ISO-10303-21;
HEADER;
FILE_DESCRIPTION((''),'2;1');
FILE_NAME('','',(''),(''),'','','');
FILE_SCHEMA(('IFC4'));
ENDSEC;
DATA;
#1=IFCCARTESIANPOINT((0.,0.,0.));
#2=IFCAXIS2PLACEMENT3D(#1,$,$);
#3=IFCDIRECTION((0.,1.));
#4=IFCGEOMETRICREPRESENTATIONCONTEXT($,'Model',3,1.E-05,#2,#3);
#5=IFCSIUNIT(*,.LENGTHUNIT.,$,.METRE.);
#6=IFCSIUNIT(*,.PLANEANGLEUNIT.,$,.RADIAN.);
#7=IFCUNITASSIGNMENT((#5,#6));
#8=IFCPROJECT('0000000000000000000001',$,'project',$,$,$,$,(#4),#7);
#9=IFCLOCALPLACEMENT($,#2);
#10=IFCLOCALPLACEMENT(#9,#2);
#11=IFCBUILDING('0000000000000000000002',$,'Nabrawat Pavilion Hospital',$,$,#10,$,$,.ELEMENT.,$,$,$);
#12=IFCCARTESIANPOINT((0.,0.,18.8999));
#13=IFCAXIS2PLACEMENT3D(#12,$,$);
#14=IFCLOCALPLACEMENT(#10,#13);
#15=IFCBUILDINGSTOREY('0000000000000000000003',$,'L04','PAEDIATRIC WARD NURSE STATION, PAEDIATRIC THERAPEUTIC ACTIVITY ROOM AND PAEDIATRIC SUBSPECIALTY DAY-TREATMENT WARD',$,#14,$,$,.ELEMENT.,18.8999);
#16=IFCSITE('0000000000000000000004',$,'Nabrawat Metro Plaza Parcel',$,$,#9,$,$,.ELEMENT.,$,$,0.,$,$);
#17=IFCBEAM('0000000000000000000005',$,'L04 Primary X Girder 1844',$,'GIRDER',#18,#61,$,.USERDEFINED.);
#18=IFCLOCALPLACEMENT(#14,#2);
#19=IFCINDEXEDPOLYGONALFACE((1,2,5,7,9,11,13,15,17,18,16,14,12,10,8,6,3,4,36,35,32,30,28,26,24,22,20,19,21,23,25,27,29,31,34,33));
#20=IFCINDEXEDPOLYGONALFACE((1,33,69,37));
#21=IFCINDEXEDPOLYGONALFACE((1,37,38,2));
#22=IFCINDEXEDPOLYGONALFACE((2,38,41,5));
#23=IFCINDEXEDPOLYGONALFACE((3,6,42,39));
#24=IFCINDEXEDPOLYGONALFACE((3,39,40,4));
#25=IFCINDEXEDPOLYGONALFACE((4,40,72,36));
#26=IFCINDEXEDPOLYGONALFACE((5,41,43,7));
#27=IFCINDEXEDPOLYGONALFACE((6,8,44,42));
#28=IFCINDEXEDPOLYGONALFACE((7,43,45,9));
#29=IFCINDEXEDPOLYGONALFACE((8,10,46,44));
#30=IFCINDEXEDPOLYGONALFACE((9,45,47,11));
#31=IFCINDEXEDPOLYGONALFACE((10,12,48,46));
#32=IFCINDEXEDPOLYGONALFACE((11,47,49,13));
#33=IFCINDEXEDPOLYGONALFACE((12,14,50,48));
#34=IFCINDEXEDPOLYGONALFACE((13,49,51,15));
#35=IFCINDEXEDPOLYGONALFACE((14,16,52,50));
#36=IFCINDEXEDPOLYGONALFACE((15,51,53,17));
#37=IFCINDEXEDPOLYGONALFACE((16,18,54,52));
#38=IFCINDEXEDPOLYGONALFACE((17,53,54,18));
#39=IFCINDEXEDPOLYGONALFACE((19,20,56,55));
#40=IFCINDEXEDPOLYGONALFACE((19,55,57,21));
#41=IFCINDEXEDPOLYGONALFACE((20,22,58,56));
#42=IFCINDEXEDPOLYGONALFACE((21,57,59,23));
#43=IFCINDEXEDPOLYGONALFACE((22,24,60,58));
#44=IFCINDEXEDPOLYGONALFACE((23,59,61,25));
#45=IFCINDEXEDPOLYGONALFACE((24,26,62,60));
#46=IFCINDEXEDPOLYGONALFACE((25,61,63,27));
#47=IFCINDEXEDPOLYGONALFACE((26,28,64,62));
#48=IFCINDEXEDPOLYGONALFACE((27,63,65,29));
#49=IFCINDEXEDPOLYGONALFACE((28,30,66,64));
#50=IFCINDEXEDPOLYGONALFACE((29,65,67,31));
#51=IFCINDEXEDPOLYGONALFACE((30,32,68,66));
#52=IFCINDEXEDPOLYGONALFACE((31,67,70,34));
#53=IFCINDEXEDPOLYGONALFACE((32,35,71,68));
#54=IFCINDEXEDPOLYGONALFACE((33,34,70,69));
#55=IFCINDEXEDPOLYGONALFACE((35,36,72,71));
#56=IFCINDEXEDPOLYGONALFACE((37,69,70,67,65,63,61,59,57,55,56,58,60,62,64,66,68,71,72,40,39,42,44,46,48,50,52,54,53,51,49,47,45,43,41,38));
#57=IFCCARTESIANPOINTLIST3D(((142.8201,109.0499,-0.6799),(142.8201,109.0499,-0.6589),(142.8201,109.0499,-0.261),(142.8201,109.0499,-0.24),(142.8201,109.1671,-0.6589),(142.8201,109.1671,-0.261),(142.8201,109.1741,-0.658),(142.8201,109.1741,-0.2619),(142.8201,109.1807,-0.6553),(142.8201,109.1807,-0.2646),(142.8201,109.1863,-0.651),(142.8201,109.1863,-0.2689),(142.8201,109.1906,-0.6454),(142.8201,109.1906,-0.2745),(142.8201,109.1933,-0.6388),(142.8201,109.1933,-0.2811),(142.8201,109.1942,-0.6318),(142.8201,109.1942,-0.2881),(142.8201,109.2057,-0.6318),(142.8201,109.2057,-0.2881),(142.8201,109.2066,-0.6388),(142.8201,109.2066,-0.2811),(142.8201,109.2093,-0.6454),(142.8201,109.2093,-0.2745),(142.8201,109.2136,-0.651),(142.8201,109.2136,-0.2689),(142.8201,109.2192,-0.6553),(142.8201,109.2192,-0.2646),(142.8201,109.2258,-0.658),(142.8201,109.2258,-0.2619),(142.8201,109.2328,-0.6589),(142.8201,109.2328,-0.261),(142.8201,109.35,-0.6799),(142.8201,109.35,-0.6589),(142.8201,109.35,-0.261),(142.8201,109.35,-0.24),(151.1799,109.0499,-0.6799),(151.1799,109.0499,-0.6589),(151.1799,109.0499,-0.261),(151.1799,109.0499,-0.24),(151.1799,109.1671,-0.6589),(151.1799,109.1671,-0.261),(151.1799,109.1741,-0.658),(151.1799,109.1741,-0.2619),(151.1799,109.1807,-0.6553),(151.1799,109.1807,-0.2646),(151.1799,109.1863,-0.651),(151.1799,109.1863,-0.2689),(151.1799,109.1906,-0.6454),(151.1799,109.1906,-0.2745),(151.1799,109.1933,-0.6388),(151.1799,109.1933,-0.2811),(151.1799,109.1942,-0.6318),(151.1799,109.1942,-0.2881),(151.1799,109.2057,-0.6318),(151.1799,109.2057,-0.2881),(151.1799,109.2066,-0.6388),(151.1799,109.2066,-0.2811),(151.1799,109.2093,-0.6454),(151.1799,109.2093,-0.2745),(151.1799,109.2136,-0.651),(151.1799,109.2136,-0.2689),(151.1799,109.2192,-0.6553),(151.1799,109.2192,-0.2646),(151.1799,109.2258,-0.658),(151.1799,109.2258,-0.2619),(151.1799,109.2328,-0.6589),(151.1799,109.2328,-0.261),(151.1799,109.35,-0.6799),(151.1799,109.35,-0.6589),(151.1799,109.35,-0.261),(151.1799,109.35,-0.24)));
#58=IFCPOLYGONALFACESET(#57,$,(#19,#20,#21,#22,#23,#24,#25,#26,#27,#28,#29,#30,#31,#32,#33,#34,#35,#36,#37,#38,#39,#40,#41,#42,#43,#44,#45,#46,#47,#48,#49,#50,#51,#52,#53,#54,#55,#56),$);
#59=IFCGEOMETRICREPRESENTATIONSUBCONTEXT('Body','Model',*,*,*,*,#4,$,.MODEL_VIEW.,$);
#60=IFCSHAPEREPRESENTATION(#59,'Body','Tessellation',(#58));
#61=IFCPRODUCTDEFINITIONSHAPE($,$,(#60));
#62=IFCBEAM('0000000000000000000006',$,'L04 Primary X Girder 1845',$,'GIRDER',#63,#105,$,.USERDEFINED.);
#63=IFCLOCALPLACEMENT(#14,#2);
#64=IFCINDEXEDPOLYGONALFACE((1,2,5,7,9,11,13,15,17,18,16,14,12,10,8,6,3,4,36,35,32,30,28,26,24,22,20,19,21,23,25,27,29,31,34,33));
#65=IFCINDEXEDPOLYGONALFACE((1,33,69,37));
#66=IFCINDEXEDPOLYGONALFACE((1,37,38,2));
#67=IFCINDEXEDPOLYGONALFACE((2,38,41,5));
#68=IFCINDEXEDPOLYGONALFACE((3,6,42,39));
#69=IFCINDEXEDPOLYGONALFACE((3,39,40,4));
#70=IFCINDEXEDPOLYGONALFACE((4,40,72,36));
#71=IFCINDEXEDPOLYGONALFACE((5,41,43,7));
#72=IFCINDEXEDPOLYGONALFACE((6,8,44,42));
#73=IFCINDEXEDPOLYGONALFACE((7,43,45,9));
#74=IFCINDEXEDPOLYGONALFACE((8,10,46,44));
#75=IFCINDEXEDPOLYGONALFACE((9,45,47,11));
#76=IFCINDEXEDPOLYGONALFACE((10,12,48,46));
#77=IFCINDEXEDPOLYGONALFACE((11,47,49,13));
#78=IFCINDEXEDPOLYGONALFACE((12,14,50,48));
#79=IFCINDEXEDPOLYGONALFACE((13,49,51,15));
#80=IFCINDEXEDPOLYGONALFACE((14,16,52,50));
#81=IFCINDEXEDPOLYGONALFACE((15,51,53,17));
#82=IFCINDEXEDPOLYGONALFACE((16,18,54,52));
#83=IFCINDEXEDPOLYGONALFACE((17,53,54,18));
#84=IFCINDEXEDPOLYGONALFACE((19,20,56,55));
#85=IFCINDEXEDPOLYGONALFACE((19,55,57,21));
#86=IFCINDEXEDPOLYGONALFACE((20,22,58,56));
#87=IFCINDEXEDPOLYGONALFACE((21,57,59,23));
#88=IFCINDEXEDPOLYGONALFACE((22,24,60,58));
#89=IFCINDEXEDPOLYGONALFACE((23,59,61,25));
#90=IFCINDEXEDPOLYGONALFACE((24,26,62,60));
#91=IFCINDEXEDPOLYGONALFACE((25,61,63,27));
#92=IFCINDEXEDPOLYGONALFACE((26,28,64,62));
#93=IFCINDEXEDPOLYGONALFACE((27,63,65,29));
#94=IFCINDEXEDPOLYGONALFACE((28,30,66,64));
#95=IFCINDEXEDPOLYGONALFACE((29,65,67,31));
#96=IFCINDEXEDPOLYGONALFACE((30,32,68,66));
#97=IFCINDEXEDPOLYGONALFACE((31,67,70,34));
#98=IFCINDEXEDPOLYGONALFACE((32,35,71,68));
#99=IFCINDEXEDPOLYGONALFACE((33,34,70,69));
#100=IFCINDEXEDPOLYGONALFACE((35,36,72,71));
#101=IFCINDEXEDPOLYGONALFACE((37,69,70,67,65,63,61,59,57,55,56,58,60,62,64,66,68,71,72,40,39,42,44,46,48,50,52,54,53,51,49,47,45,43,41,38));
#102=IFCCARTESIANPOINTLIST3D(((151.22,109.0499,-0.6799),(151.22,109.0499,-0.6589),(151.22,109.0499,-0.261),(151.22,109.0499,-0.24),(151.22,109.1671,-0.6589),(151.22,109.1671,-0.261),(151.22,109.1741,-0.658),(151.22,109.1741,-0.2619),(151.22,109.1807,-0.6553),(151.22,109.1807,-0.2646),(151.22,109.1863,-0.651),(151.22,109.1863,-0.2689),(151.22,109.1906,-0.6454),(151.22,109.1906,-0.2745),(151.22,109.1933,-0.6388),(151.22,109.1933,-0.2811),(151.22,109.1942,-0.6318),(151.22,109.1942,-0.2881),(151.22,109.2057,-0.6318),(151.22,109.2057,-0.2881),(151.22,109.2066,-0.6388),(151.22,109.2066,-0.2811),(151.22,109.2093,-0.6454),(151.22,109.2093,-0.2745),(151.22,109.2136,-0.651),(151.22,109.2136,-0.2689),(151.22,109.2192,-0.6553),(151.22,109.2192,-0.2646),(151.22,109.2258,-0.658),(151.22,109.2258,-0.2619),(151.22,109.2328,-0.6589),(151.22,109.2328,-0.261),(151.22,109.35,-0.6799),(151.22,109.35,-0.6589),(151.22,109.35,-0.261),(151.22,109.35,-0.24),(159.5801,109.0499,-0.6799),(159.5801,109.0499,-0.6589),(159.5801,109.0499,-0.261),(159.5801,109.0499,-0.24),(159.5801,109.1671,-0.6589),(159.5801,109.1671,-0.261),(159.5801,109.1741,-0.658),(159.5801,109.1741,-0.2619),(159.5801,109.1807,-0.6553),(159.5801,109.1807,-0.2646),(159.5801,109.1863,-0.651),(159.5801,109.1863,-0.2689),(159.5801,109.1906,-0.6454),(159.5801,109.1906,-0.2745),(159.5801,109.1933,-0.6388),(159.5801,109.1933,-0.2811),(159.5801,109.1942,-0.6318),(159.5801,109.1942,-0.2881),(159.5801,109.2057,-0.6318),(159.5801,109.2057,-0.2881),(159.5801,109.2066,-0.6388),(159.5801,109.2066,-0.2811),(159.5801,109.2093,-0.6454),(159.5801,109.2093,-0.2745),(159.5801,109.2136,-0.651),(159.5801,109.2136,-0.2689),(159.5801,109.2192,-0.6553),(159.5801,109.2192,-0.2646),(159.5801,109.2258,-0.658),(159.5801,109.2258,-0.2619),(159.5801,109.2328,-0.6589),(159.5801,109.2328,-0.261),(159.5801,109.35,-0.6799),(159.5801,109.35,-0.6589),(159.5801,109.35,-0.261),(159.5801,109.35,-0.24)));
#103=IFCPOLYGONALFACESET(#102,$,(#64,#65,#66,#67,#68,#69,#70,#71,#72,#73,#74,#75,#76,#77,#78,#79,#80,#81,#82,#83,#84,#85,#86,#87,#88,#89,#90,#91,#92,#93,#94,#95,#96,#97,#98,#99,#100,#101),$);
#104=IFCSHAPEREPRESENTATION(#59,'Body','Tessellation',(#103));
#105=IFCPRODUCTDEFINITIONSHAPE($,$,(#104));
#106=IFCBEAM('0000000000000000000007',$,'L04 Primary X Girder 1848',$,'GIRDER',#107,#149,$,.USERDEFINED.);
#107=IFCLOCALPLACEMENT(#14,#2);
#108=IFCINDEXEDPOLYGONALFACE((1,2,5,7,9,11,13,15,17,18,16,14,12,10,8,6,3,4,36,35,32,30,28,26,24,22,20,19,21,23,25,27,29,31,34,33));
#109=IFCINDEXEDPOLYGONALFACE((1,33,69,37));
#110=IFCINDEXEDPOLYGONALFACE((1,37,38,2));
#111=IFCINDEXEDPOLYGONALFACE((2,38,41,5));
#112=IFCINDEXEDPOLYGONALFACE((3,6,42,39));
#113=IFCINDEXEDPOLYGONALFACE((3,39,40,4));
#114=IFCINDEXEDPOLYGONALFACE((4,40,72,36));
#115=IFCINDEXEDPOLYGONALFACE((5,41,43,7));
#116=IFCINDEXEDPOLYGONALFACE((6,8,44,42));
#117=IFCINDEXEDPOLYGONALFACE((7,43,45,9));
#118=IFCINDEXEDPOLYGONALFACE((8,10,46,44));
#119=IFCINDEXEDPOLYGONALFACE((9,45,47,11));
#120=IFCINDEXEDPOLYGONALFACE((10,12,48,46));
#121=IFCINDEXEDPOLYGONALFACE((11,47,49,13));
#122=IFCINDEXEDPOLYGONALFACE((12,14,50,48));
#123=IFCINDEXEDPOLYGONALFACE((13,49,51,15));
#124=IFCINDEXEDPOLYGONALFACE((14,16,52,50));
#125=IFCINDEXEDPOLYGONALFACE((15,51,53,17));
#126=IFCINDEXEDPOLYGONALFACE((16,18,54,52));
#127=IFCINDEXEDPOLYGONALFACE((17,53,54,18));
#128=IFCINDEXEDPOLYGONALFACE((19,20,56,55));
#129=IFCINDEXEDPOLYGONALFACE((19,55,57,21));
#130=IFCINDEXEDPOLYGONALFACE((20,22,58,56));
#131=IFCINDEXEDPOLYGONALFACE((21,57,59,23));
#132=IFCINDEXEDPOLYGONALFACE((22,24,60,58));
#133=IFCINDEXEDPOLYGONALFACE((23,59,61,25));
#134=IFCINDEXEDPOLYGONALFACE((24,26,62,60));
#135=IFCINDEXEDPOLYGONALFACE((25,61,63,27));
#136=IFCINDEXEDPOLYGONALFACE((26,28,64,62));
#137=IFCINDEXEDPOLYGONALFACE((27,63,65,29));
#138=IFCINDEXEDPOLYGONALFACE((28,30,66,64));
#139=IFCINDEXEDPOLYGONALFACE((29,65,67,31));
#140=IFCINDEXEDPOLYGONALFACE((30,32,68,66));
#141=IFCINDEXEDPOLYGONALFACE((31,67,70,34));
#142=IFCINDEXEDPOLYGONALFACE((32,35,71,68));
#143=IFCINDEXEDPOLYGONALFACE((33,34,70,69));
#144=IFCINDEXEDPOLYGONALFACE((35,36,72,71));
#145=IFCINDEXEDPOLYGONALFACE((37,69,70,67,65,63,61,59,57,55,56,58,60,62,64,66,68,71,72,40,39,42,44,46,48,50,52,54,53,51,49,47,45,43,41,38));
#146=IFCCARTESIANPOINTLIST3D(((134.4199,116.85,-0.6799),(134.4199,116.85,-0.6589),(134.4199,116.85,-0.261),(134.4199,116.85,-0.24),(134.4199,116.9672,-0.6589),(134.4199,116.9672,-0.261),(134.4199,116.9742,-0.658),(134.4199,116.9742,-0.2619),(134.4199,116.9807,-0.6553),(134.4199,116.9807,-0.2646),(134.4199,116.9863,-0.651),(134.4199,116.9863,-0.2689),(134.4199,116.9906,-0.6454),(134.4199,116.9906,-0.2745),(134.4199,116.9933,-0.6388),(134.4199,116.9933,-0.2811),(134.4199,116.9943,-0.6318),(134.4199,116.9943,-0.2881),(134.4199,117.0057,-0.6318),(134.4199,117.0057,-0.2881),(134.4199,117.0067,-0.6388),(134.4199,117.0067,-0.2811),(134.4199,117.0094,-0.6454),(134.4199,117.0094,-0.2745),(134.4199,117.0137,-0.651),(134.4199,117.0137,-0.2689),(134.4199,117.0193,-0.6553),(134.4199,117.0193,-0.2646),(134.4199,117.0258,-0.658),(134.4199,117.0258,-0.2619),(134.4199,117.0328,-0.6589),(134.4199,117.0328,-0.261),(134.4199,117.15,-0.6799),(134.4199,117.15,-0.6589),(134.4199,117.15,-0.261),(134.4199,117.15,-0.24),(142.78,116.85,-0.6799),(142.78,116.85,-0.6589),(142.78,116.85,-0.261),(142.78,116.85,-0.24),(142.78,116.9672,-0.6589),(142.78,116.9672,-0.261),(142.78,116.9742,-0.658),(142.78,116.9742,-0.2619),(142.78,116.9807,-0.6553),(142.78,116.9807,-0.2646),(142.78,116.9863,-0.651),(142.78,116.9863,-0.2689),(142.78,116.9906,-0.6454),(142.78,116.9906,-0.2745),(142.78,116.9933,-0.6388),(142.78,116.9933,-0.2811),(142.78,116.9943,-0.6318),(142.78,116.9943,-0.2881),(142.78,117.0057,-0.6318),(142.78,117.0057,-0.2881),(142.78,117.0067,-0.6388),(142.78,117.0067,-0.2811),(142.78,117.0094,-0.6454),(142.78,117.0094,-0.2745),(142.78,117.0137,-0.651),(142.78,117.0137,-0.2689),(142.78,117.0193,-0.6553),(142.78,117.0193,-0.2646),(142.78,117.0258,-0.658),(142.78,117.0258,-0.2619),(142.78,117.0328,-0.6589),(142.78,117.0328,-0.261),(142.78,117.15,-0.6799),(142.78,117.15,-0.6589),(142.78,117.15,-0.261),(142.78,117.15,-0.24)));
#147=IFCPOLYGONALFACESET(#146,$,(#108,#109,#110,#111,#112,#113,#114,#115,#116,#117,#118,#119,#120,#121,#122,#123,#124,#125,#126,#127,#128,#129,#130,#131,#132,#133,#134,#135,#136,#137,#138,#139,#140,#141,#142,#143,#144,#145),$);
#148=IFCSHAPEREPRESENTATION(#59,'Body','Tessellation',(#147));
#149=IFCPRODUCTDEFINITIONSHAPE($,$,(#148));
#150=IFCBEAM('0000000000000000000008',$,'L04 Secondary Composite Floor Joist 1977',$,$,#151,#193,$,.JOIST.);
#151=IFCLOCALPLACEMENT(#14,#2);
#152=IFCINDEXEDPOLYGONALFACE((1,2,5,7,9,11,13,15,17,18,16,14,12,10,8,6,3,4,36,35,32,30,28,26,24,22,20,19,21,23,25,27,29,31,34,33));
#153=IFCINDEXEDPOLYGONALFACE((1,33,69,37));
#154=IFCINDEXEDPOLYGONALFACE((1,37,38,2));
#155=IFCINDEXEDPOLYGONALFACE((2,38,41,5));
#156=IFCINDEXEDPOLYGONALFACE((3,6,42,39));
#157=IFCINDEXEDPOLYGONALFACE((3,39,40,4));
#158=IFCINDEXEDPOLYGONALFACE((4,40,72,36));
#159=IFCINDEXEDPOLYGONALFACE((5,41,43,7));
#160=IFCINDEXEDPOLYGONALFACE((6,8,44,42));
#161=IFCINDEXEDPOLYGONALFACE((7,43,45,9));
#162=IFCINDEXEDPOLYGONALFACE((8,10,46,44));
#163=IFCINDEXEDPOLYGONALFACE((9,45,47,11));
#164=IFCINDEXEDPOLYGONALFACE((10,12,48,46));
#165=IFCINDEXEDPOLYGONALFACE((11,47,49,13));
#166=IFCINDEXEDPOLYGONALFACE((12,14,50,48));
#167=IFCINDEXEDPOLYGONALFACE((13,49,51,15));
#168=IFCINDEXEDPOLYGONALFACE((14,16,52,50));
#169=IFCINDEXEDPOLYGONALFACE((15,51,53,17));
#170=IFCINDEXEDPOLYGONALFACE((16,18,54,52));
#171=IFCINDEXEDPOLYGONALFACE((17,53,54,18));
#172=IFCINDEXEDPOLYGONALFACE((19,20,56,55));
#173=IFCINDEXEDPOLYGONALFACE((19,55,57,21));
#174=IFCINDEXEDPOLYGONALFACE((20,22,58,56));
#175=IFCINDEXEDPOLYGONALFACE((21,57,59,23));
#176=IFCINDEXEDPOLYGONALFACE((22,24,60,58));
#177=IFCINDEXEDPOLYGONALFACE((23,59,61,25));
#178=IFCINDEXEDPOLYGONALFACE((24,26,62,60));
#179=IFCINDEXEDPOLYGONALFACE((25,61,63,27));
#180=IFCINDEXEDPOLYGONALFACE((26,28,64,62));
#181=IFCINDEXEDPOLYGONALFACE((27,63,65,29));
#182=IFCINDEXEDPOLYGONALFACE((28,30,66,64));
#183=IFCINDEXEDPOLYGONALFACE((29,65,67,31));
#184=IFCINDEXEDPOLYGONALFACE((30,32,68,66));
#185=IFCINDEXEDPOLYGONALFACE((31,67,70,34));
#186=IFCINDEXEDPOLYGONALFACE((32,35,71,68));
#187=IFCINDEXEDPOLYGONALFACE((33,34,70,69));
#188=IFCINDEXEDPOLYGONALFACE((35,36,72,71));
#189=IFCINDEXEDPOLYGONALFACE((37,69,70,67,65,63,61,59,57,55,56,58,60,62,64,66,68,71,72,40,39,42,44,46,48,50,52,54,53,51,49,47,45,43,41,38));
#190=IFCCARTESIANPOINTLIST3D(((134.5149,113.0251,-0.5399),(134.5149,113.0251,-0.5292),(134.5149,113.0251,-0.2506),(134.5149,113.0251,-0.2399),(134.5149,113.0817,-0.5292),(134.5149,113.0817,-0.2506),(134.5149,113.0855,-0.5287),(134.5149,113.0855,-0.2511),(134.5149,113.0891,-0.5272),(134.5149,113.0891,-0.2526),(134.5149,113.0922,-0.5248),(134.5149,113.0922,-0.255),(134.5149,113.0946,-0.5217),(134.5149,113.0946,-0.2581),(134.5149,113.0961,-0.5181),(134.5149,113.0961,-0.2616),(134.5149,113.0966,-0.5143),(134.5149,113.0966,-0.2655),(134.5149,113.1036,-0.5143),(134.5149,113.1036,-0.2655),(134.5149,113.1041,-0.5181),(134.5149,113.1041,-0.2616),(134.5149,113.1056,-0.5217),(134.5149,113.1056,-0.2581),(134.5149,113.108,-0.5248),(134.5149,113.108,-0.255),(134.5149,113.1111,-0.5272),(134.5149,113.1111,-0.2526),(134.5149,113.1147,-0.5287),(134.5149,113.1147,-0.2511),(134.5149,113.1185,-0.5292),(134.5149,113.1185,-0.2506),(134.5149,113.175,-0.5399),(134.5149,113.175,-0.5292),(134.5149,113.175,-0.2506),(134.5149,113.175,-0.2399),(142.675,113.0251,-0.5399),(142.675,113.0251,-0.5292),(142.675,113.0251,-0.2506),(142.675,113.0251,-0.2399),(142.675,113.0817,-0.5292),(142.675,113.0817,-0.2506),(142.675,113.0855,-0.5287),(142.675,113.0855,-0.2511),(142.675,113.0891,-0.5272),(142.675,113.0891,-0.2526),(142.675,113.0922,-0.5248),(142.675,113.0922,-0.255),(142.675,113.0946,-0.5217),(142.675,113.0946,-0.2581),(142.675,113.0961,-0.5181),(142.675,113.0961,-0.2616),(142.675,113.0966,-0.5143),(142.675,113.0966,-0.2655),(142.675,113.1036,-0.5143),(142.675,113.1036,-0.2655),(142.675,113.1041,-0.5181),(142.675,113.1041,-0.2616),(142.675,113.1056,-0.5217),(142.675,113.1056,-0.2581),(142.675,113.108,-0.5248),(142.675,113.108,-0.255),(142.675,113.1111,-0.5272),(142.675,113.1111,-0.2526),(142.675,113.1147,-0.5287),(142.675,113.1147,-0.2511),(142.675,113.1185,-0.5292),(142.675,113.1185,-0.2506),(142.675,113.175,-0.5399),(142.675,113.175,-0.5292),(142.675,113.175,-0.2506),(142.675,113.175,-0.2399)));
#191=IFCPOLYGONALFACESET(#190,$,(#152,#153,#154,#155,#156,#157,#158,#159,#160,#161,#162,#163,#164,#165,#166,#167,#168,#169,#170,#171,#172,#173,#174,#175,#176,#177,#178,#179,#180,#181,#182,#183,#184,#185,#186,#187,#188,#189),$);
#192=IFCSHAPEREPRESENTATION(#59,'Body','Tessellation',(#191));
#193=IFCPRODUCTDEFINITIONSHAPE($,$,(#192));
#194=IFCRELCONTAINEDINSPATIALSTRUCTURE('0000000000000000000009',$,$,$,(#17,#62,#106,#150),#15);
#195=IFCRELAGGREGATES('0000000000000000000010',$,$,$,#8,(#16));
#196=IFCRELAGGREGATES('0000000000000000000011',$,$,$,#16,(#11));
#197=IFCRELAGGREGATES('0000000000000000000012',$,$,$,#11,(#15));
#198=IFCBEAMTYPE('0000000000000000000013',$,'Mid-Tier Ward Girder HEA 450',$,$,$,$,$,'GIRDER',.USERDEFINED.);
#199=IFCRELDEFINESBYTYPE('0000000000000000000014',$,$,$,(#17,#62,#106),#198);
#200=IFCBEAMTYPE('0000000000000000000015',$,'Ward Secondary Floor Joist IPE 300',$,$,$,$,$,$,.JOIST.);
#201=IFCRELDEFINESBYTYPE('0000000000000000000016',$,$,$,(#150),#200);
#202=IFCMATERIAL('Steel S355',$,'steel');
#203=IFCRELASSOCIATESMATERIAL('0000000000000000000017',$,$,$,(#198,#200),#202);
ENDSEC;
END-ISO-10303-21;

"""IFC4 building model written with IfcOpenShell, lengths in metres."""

from ifc_helpers import new_model, si_unit, direction, frame, origin, origin_2d, place, context, subcontext, project, spatial, i_section, extrude, material, material_profile, profile_set, type_object, element, save


model = new_model("IFC4")

# Units and contexts
model_context = context("Model", 3, precision=1e-05, world=origin(), true_north=direction((0.0, 1.0)))
body_context = subcontext(model_context, "Body", "Model", "MODEL_VIEW")
ifc_project = project(units=[si_unit("LENGTHUNIT", "METRE"), si_unit("PLANEANGLEUNIT", "RADIAN")], contexts=[model_context])

# Site, building, storey
site_placement = place(None, origin())
site = spatial("IfcSite", under=ifc_project, at=site_placement, Name="Nabrawat Metro Plaza Parcel", CompositionType="ELEMENT", RefElevation=0.0)
building_placement = place(site_placement, origin())
building = spatial("IfcBuilding", under=site, at=building_placement, Name="Nabrawat Pavilion Hospital", CompositionType="ELEMENT")
storey_placement = place(building_placement, frame((0.0, 0.0, 18.8999)))
storey = spatial("IfcBuildingStorey", under=building, at=storey_placement, Name="L04", Description="PAEDIATRIC WARD NURSE STATION, PAEDIATRIC THERAPEUTIC ACTIVITY ROOM AND PAEDIATRIC SUBSPECIALTY DAY-TREATMENT WARD", CompositionType="ELEMENT", Elevation=18.8999)

# Shared definitions
ifc_material_1 = material(Name="Steel S355", Category="steel")

# Beams
ifc_material_profile_1 = material_profile(ifc_material_1, i_section(OverallWidth=0.3, OverallDepth=0.4399, WebThickness=0.0115, FlangeThickness=0.021, FilletRadius=0.0271, at=origin_2d()), Name="HEA 450")
ifc_profile_set_1 = profile_set([ifc_material_profile_1], Name="Steel S355")
beam_type_1 = type_object("IfcBeamType", Name="Mid-Tier Ward Girder HEA 450", ElementType="GIRDER", PredefinedType="USERDEFINED", material=ifc_profile_set_1)
beam_1_placement = place(storey_placement, frame((142.8201, 109.2, -0.46), z_axis=(1.0, 0.0, 0.0), x_axis=(0.0, 1.0, 0.0)))
element("IfcBeam", 1, at=beam_1_placement, inside=storey, type_object=beam_type_1, Name="L04 Primary X Girder 1844", ObjectType="GIRDER", PredefinedType="USERDEFINED", context=body_context, shape_type="SweptSolid", body=[
    extrude(i_section(OverallWidth=0.3, OverallDepth=0.4399, WebThickness=0.0115, FlangeThickness=0.021, FilletRadius=0.0271, at=origin_2d()), origin(), (0.0, 0.0, 1.0), 8.3599),
])
for number, where, z_axis, x_axis, name in (
    (2, (151.22, 109.2, -0.46), (1.0, 0.0, 0.0), (0.0, 1.0, 0.0), "L04 Primary X Girder 1845"),
    (3, (134.4199, 117.0, -0.46), (1.0, 0.0, 0.0), (0.0, 1.0, 0.0), "L04 Primary X Girder 1848"),
):
    element("IfcBeam", number, at=place(storey_placement, frame(where, z_axis=z_axis, x_axis=x_axis)), inside=storey, type_object=beam_type_1, Name=name, ObjectType="GIRDER", PredefinedType="USERDEFINED", context=body_context, shape_type="SweptSolid", body=[
        extrude(i_section(OverallWidth=0.3, OverallDepth=0.4399, WebThickness=0.0115, FlangeThickness=0.021, FilletRadius=0.0271, at=origin_2d()), origin(), (0.0, 0.0, 1.0), 8.3601),
    ])
ifc_material_profile_2 = material_profile(ifc_material_1, i_section(OverallWidth=0.1499, OverallDepth=0.3, WebThickness=0.0071, FlangeThickness=0.0107, FilletRadius=0.0149, at=origin_2d()), Name="IPE 300")
ifc_profile_set_2 = profile_set([ifc_material_profile_2], Name="Steel S355")
beam_type_2 = type_object("IfcBeamType", Name="Ward Secondary Floor Joist IPE 300", PredefinedType="JOIST", material=ifc_profile_set_2)
beam_2_placement = place(storey_placement, frame((134.5149, 113.1001, -0.3899), z_axis=(1.0, 0.0, 0.0), x_axis=(0.0, 1.0, 0.0)))
element("IfcBeam", 4, at=beam_2_placement, inside=storey, type_object=beam_type_2, Name="L04 Secondary Composite Floor Joist 1977", PredefinedType="JOIST", context=body_context, shape_type="SweptSolid", body=[
    extrude(i_section(OverallWidth=0.1499, OverallDepth=0.3, WebThickness=0.0071, FlangeThickness=0.0107, FilletRadius=0.0149, at=origin_2d()), origin(), (0.0, 0.0, 1.0), 8.1602),
])

save(model, "model.ifc")
